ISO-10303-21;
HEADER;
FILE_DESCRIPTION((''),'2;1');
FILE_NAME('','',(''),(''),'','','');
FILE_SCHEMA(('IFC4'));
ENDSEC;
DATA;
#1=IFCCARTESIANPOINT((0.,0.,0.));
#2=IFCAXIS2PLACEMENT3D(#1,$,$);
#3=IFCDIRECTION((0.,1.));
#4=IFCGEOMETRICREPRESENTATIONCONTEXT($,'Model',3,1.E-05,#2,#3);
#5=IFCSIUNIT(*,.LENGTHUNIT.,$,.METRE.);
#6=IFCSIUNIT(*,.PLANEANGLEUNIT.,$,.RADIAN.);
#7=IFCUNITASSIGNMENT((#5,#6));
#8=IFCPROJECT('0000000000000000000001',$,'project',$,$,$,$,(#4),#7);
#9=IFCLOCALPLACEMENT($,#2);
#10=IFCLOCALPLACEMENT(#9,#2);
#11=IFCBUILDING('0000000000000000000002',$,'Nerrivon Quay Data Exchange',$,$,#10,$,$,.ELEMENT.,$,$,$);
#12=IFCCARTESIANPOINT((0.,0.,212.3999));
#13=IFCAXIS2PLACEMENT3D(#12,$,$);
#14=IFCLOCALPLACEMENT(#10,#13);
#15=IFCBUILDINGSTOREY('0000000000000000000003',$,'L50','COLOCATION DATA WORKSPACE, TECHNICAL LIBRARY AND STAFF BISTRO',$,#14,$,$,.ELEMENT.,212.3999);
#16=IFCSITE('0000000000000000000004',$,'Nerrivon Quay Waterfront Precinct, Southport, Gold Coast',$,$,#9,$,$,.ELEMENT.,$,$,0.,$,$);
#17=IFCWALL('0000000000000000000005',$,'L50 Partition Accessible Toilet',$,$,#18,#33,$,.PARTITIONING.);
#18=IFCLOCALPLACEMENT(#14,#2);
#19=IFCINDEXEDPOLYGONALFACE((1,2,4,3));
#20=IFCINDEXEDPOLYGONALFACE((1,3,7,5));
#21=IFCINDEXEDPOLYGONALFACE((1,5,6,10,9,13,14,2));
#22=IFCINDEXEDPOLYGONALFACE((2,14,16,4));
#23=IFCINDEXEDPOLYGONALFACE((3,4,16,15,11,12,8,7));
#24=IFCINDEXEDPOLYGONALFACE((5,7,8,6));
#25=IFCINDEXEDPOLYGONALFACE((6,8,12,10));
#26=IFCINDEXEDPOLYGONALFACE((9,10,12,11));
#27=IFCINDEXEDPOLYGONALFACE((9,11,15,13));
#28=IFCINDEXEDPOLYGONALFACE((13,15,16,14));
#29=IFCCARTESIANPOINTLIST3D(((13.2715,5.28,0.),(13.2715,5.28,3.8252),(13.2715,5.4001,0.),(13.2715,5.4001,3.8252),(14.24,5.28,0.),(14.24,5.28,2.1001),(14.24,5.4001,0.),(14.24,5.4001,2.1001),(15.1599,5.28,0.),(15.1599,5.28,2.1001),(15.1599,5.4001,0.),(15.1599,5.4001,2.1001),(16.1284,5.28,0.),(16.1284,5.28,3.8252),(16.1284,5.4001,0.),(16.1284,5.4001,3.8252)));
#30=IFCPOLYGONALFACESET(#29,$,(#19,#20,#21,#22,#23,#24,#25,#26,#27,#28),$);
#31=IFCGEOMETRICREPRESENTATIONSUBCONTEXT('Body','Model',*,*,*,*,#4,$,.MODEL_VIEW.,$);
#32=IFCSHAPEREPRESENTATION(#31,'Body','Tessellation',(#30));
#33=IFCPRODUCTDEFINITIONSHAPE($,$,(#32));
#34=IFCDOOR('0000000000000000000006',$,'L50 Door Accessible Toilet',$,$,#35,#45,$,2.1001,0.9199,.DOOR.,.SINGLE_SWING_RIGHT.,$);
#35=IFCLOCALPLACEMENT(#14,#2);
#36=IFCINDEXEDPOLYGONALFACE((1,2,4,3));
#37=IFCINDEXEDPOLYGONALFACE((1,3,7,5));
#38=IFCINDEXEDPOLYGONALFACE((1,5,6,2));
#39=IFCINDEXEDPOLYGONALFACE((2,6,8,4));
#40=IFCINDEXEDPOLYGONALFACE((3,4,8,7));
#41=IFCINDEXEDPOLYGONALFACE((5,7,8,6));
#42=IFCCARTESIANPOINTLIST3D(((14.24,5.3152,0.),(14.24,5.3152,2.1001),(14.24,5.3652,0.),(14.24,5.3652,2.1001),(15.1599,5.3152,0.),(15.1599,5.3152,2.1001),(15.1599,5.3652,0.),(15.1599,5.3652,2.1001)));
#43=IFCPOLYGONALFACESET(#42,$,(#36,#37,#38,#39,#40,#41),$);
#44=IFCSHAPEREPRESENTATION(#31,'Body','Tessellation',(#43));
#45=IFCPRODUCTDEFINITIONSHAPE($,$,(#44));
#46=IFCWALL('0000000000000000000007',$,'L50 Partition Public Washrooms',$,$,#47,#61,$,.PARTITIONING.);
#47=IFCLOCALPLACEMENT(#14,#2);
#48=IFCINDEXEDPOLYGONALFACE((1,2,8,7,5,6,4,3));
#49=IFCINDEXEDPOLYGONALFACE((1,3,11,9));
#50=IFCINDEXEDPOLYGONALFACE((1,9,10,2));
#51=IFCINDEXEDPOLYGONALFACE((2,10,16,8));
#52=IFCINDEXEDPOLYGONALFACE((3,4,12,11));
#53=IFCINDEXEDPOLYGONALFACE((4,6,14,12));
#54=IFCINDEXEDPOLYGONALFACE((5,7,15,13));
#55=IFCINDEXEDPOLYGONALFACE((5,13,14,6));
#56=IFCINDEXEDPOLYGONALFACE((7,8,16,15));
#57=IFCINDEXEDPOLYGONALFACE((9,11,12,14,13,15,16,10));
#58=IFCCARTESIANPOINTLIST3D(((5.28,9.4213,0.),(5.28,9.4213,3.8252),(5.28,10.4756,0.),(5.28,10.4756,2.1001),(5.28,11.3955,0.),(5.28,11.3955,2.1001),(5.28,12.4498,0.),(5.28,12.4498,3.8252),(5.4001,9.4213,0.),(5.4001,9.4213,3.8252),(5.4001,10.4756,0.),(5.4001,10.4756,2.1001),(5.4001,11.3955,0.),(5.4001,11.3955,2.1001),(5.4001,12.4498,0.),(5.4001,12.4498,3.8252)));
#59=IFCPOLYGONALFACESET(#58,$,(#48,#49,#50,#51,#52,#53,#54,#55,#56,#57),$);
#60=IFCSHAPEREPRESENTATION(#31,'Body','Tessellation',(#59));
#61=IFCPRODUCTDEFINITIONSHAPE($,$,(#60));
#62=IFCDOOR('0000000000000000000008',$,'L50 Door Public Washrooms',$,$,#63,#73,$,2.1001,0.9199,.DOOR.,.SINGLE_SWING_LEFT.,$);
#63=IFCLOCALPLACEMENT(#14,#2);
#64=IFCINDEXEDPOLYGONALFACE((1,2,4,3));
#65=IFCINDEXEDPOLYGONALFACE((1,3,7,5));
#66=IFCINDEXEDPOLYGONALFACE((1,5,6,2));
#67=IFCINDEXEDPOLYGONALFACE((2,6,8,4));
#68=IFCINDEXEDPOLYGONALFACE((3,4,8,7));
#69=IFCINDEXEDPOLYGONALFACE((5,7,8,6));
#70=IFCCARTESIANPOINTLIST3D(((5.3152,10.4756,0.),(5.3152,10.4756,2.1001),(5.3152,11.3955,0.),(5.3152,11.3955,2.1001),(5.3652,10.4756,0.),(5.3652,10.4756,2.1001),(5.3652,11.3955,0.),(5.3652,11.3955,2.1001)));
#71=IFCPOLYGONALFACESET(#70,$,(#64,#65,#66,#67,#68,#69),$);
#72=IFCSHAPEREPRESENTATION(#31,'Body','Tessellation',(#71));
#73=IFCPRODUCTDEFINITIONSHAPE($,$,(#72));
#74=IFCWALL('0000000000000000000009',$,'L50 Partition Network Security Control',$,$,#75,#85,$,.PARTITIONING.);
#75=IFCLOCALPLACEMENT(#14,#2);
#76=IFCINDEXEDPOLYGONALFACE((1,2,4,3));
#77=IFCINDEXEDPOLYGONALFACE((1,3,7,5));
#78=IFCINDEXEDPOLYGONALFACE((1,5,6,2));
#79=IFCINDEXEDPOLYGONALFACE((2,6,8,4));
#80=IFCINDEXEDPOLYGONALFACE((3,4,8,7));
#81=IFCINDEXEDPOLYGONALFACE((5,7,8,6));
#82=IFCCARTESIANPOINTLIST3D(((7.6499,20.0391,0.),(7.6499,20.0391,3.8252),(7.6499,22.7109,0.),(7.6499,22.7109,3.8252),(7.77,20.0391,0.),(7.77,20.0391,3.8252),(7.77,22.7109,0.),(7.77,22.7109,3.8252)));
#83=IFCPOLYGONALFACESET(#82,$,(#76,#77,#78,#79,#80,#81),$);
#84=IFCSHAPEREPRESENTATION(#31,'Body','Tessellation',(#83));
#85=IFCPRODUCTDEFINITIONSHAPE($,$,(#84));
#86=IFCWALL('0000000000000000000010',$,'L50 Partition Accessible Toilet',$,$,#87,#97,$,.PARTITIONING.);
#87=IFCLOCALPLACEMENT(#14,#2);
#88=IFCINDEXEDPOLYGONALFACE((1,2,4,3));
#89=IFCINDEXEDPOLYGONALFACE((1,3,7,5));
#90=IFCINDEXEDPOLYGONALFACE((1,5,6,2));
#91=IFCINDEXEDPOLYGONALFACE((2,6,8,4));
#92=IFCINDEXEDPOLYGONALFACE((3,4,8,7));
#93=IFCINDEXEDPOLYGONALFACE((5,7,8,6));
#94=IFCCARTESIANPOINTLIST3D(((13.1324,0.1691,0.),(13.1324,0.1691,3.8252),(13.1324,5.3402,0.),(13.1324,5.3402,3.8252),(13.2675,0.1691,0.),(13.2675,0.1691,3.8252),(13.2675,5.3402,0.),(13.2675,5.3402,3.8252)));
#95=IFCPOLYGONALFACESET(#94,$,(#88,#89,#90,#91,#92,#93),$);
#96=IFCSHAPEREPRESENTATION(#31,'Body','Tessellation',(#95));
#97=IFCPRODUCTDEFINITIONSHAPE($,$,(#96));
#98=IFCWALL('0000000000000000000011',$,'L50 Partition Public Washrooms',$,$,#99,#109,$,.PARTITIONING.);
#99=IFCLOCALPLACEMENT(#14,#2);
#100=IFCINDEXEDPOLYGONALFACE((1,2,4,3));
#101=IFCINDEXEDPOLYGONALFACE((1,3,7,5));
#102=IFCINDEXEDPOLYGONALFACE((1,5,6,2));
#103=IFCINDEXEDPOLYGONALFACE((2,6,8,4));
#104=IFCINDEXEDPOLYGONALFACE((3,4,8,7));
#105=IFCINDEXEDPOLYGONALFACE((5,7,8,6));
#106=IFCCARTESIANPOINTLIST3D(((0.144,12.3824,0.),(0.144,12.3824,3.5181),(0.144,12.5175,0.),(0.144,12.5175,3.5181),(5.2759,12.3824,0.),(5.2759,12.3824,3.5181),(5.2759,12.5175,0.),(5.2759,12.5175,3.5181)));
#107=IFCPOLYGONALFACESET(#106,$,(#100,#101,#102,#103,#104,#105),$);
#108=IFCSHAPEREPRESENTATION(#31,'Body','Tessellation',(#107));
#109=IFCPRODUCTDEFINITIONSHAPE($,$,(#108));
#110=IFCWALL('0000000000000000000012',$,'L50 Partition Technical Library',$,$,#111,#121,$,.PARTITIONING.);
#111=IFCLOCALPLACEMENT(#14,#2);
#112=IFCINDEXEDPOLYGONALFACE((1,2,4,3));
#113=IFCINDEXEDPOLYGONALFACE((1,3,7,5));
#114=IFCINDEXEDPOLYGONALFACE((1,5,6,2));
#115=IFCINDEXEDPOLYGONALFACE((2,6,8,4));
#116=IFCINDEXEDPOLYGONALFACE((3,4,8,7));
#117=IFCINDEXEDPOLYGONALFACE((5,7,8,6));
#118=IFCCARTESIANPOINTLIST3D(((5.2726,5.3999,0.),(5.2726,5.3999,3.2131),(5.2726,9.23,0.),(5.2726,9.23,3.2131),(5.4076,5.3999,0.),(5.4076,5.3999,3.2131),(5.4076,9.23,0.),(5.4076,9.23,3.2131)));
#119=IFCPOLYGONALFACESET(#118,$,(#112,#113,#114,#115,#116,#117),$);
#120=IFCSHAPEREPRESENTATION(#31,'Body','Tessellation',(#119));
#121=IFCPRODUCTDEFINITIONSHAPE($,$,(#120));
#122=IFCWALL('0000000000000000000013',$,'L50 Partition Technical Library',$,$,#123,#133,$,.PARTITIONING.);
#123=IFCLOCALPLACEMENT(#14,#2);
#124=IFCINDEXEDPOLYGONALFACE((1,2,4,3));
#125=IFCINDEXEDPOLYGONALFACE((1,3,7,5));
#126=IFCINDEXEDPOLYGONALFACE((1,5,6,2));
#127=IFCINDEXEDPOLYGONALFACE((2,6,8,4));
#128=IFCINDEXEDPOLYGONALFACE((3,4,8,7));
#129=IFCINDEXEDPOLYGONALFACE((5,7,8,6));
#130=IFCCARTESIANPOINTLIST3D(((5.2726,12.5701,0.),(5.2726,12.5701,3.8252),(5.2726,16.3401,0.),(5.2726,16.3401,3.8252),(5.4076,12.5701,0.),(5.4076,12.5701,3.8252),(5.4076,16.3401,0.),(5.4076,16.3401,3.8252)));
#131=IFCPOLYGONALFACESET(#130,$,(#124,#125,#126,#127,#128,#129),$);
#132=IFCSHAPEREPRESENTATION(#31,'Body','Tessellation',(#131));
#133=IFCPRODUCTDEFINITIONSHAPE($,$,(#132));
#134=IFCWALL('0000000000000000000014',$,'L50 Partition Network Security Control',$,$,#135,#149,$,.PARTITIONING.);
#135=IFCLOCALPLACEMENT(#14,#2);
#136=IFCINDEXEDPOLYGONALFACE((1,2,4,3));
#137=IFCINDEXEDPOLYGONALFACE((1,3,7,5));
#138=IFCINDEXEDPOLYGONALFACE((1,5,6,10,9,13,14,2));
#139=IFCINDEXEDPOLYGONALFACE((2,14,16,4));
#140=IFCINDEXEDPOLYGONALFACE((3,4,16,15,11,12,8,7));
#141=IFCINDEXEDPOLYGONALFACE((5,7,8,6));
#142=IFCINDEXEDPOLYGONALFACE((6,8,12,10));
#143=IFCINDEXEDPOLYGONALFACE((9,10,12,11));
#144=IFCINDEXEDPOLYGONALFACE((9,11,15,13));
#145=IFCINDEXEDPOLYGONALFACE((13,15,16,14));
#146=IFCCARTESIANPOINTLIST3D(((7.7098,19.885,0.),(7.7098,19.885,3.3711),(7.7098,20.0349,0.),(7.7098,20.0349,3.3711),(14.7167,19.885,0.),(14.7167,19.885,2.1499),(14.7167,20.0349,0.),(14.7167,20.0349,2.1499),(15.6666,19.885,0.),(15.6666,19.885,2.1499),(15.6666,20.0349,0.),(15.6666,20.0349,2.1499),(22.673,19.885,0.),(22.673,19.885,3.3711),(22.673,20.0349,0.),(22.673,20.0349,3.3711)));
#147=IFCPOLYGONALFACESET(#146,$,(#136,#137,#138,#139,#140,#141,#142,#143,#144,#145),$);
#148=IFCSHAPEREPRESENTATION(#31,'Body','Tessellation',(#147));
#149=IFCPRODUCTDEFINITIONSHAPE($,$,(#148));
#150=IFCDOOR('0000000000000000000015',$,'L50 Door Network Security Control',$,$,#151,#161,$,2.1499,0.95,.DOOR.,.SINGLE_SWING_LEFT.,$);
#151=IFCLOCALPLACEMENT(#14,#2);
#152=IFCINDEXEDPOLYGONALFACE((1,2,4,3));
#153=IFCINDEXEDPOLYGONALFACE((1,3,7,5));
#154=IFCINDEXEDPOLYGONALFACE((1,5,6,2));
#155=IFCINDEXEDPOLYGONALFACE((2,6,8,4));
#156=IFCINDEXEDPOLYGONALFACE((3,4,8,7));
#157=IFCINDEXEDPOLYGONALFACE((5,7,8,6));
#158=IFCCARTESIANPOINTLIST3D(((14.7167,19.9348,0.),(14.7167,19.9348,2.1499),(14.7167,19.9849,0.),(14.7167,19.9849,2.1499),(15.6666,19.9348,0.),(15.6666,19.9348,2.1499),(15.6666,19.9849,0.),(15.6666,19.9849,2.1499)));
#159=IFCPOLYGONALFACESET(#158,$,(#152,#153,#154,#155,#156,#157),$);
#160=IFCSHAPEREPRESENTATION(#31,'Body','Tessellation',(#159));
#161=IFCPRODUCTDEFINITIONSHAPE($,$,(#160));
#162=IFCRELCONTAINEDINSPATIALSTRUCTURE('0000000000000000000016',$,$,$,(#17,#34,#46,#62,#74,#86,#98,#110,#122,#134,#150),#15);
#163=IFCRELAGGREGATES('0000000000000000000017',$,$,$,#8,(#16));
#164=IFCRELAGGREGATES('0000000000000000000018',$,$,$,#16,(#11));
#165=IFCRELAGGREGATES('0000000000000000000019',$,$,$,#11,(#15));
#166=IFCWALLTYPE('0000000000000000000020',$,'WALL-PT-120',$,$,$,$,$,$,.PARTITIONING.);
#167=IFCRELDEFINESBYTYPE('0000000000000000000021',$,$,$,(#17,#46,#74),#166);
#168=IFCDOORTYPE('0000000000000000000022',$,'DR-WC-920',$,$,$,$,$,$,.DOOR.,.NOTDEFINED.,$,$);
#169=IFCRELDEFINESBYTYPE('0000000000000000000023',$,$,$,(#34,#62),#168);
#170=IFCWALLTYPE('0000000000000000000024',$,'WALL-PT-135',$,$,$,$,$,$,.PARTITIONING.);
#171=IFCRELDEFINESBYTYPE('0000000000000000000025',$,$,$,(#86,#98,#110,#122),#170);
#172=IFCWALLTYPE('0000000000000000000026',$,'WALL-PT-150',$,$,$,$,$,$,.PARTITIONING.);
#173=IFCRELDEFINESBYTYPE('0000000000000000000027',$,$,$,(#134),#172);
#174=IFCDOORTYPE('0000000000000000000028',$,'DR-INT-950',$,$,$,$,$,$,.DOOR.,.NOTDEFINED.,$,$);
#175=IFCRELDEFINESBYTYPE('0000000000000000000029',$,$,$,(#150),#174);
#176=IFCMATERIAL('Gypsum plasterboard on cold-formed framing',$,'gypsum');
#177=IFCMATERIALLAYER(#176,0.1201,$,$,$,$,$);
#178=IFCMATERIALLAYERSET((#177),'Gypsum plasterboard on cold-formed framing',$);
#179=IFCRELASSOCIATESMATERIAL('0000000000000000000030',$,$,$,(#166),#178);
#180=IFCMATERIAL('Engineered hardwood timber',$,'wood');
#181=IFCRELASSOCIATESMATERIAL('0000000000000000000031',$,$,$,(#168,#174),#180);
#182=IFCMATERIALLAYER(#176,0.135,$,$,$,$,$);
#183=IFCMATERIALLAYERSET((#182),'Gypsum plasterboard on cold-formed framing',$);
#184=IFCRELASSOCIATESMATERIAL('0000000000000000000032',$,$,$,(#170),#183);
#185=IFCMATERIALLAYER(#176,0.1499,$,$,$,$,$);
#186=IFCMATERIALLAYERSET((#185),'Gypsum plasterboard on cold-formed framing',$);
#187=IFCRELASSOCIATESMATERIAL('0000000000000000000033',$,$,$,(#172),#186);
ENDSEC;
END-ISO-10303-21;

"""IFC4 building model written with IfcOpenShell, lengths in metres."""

from ifc_helpers import new_model, si_unit, direction, frame, frame_2d, origin, place, context, subcontext, project, spatial, rectangle, extrude, material, layer, layer_set, type_object, element, fill, save


model = new_model("IFC4")

# Units and contexts
model_context = context("Model", 3, precision=1e-05, world=origin(), true_north=direction((0.0, 1.0)))
body_context = subcontext(model_context, "Body", "Model", "MODEL_VIEW")
ifc_project = project(units=[si_unit("LENGTHUNIT", "METRE"), si_unit("PLANEANGLEUNIT", "RADIAN")], contexts=[model_context])

# Site, building, storey
site_placement = place(None, origin())
site = spatial("IfcSite", under=ifc_project, at=site_placement, Name="Nerrivon Quay Waterfront Precinct, Southport, Gold Coast", CompositionType="ELEMENT", RefElevation=0.0)
building_placement = place(site_placement, origin())
building = spatial("IfcBuilding", under=site, at=building_placement, Name="Nerrivon Quay Data Exchange", CompositionType="ELEMENT")
storey_placement = place(building_placement, frame((0.0, 0.0, 212.3999)))
storey = spatial("IfcBuildingStorey", under=building, at=storey_placement, Name="L50", Description="COLOCATION DATA WORKSPACE, TECHNICAL LIBRARY AND STAFF BISTRO", CompositionType="ELEMENT", Elevation=212.3999)

# Walls, openings, doors
ifc_material_1 = material(Name="Gypsum plasterboard on cold-formed framing", Category="gypsum")
ifc_layer_1 = layer(ifc_material_1, 0.1201)
ifc_layer_set_1 = layer_set([ifc_layer_1], Name="Gypsum plasterboard on cold-formed framing")
wall_type_1 = type_object("IfcWallType", Name="WALL-PT-120", PredefinedType="PARTITIONING", material=ifc_layer_set_1)
wall_1_placement = place(storey_placement, frame((16.1284, 5.3401, 0.0), z_axis=(0.0, 0.0, 1.0), x_axis=(-1.0, 0.0, 0.0)))
wall_1 = element("IfcWall", 1, at=wall_1_placement, inside=storey, type_object=wall_type_1, Name="L50 Partition Accessible Toilet", PredefinedType="PARTITIONING", context=body_context, shape_type="SweptSolid", body=[
    extrude(rectangle(XDim=2.8569, YDim=0.1201, at=frame_2d((1.4285, 0.0))), origin(), (0.0, 0.0, 1.0), 3.8252),
])
opening_1_placement = place(wall_1_placement, frame((0.9685, 0.0, 0.0)))
opening_1 = element("IfcOpeningElement", 2, at=opening_1_placement, cuts=wall_1, PredefinedType="OPENING", context=body_context, shape_type="SweptSolid", body=[
    extrude(rectangle(XDim=0.9199, YDim=2.1001, at=frame_2d((0.46, 1.05))), frame((0.0, 0.0701, 0.0), z_axis=(0.0, -1.0, 0.0), x_axis=(1.0, 0.0, 0.0)), (0.0, 0.0, 1.0), 0.1401),
])
ifc_material_2 = material(Name="Engineered hardwood timber", Category="wood")
door_type_1 = type_object("IfcDoorType", Name="DR-WC-920", OperationType="NOTDEFINED", PredefinedType="DOOR", material=ifc_material_2)
door_1_placement = place(opening_1_placement, origin())
door_1 = element("IfcDoor", 3, at=door_1_placement, inside=storey, type_object=door_type_1, Name="L50 Door Accessible Toilet", OperationType="SINGLE_SWING_RIGHT", OverallHeight=2.1001, OverallWidth=0.9199, PredefinedType="DOOR", context=body_context, shape_type="SweptSolid", body=[
    extrude(rectangle(XDim=0.9199, YDim=2.1001, at=frame_2d((0.46, 1.05))), frame((0.0, 0.0249, 0.0), z_axis=(0.0, -1.0, 0.0), x_axis=(1.0, 0.0, 0.0)), (0.0, 0.0, 1.0), 0.05),
])
fill(opening_1, door_1)
wall_2_placement = place(storey_placement, frame((5.3401, 9.4214, 0.0), z_axis=(0.0, 0.0, 1.0), x_axis=(0.0, 1.0, 0.0)))
wall_2 = element("IfcWall", 4, at=wall_2_placement, inside=storey, type_object=wall_type_1, Name="L50 Partition Public Washrooms", PredefinedType="PARTITIONING", context=body_context, shape_type="SweptSolid", body=[
    extrude(rectangle(XDim=3.0286, YDim=0.1201, at=frame_2d((1.5142, 0.0))), origin(), (0.0, 0.0, 1.0), 3.8252),
])
opening_2_placement = place(wall_2_placement, frame((1.0542, 0.0, 0.0)))
opening_2 = element("IfcOpeningElement", 5, at=opening_2_placement, cuts=wall_2, PredefinedType="OPENING", context=body_context, shape_type="SweptSolid", body=[
    extrude(rectangle(XDim=0.9199, YDim=2.1001, at=frame_2d((0.46, 1.05))), frame((0.0, 0.0701, 0.0), z_axis=(0.0, -1.0, 0.0), x_axis=(1.0, 0.0, 0.0)), (0.0, 0.0, 1.0), 0.1401),
])
door_2_placement = place(opening_2_placement, origin())
door_2 = element("IfcDoor", 6, at=door_2_placement, inside=storey, type_object=door_type_1, Name="L50 Door Public Washrooms", OperationType="SINGLE_SWING_LEFT", OverallHeight=2.1001, OverallWidth=0.9199, PredefinedType="DOOR", context=body_context, shape_type="SweptSolid", body=[
    extrude(rectangle(XDim=0.9199, YDim=2.1001, at=frame_2d((0.46, 1.05))), frame((0.0, 0.0249, 0.0), z_axis=(0.0, -1.0, 0.0), x_axis=(1.0, 0.0, 0.0)), (0.0, 0.0, 1.0), 0.05),
])
fill(opening_2, door_2)
door_type_2 = type_object("IfcDoorType", Name="DR-INT-950", OperationType="NOTDEFINED", PredefinedType="DOOR", material=ifc_material_2)

# Walls
wall_3_placement = place(storey_placement, frame((7.71, 22.7109, 0.0), z_axis=(0.0, 0.0, 1.0), x_axis=(0.0, -1.0, 0.0)))
element("IfcWall", 7, at=wall_3_placement, inside=storey, type_object=wall_type_1, Name="L50 Partition Network Security Control", PredefinedType="PARTITIONING", context=body_context, shape_type="SweptSolid", body=[
    extrude(rectangle(XDim=2.6719, YDim=0.1201, at=frame_2d((1.3359, 0.0))), origin(), (0.0, 0.0, 1.0), 3.8252),
])
ifc_layer_2 = layer(ifc_material_1, 0.135)
ifc_layer_set_2 = layer_set([ifc_layer_2], Name="Gypsum plasterboard on cold-formed framing")
wall_type_2 = type_object("IfcWallType", Name="WALL-PT-135", PredefinedType="PARTITIONING", material=ifc_layer_set_2)
wall_4_placement = place(storey_placement, frame((13.2, 5.3401, 0.0), z_axis=(0.0, 0.0, 1.0), x_axis=(0.0, -1.0, 0.0)))
element("IfcWall", 8, at=wall_4_placement, inside=storey, type_object=wall_type_2, Name="L50 Partition Accessible Toilet", PredefinedType="PARTITIONING", context=body_context, shape_type="SweptSolid", body=[
    extrude(rectangle(XDim=5.1711, YDim=0.135, at=frame_2d((2.5854, 0.0))), origin(), (0.0, 0.0, 1.0), 3.8252),
])
wall_5_placement = place(storey_placement, frame((5.2759, 12.45, 0.0), z_axis=(0.0, 0.0, 1.0), x_axis=(-1.0, 0.0, 0.0)))
element("IfcWall", 9, at=wall_5_placement, inside=storey, type_object=wall_type_2, Name="L50 Partition Public Washrooms", PredefinedType="PARTITIONING", context=body_context, shape_type="SweptSolid", body=[
    extrude(rectangle(XDim=5.1318, YDim=0.135, at=frame_2d((2.5659, 0.0))), origin(), (0.0, 0.0, 1.0), 3.5181),
])
wall_6_placement = place(storey_placement, frame((5.3401, 5.3999, 0.0), z_axis=(0.0, 0.0, 1.0), x_axis=(0.0, 1.0, 0.0)))
element("IfcWall", 10, at=wall_6_placement, inside=storey, type_object=wall_type_2, Name="L50 Partition Technical Library", PredefinedType="PARTITIONING", context=body_context, shape_type="SweptSolid", body=[
    extrude(rectangle(XDim=3.8301, YDim=0.135, at=frame_2d((1.915, 0.0))), origin(), (0.0, 0.0, 1.0), 3.2131),
])
wall_7_placement = place(storey_placement, frame((5.3401, 12.5701, 0.0), z_axis=(0.0, 0.0, 1.0), x_axis=(0.0, 1.0, 0.0)))
element("IfcWall", 11, at=wall_7_placement, inside=storey, type_object=wall_type_2, Name="L50 Partition Technical Library", PredefinedType="PARTITIONING", context=body_context, shape_type="SweptSolid", body=[
    extrude(rectangle(XDim=3.77, YDim=0.135, at=frame_2d((1.885, 0.0))), origin(), (0.0, 0.0, 1.0), 3.8252),
])

# Wall, opening, door
ifc_layer_3 = layer(ifc_material_1, 0.1499)
ifc_layer_set_3 = layer_set([ifc_layer_3], Name="Gypsum plasterboard on cold-formed framing")
wall_type_3 = type_object("IfcWallType", Name="WALL-PT-150", PredefinedType="PARTITIONING", material=ifc_layer_set_3)
wall_8_placement = place(storey_placement, frame((7.71, 19.96, 0.0), z_axis=(0.0, 0.0, 1.0), x_axis=(1.0, 0.0, 0.0)))
wall_8 = element("IfcWall", 12, at=wall_8_placement, inside=storey, type_object=wall_type_3, Name="L50 Partition Network Security Control", PredefinedType="PARTITIONING", context=body_context, shape_type="SweptSolid", body=[
    extrude(rectangle(XDim=14.9631, YDim=0.1499, at=frame_2d((7.4814, 0.0))), origin(), (0.0, 0.0, 1.0), 3.3711),
])
opening_3_placement = place(wall_8_placement, frame((7.0066, 0.0, 0.0)))
opening_3 = element("IfcOpeningElement", 13, at=opening_3_placement, cuts=wall_8, PredefinedType="OPENING", context=body_context, shape_type="SweptSolid", body=[
    extrude(rectangle(XDim=0.95, YDim=2.1499, at=frame_2d((0.4751, 1.075))), frame((0.0, 0.085, 0.0), z_axis=(0.0, -1.0, 0.0), x_axis=(1.0, 0.0, 0.0)), (0.0, 0.0, 1.0), 0.1699),
])
door_3_placement = place(opening_3_placement, origin())
door_3 = element("IfcDoor", 14, at=door_3_placement, inside=storey, type_object=door_type_2, Name="L50 Door Network Security Control", OperationType="SINGLE_SWING_LEFT", OverallHeight=2.1499, OverallWidth=0.95, PredefinedType="DOOR", context=body_context, shape_type="SweptSolid", body=[
    extrude(rectangle(XDim=0.95, YDim=2.1499, at=frame_2d((0.4751, 1.075))), frame((0.0, 0.0249, 0.0), z_axis=(0.0, -1.0, 0.0), x_axis=(1.0, 0.0, 0.0)), (0.0, 0.0, 1.0), 0.05),
])
fill(opening_3, door_3)

save(model, "model.ifc")
